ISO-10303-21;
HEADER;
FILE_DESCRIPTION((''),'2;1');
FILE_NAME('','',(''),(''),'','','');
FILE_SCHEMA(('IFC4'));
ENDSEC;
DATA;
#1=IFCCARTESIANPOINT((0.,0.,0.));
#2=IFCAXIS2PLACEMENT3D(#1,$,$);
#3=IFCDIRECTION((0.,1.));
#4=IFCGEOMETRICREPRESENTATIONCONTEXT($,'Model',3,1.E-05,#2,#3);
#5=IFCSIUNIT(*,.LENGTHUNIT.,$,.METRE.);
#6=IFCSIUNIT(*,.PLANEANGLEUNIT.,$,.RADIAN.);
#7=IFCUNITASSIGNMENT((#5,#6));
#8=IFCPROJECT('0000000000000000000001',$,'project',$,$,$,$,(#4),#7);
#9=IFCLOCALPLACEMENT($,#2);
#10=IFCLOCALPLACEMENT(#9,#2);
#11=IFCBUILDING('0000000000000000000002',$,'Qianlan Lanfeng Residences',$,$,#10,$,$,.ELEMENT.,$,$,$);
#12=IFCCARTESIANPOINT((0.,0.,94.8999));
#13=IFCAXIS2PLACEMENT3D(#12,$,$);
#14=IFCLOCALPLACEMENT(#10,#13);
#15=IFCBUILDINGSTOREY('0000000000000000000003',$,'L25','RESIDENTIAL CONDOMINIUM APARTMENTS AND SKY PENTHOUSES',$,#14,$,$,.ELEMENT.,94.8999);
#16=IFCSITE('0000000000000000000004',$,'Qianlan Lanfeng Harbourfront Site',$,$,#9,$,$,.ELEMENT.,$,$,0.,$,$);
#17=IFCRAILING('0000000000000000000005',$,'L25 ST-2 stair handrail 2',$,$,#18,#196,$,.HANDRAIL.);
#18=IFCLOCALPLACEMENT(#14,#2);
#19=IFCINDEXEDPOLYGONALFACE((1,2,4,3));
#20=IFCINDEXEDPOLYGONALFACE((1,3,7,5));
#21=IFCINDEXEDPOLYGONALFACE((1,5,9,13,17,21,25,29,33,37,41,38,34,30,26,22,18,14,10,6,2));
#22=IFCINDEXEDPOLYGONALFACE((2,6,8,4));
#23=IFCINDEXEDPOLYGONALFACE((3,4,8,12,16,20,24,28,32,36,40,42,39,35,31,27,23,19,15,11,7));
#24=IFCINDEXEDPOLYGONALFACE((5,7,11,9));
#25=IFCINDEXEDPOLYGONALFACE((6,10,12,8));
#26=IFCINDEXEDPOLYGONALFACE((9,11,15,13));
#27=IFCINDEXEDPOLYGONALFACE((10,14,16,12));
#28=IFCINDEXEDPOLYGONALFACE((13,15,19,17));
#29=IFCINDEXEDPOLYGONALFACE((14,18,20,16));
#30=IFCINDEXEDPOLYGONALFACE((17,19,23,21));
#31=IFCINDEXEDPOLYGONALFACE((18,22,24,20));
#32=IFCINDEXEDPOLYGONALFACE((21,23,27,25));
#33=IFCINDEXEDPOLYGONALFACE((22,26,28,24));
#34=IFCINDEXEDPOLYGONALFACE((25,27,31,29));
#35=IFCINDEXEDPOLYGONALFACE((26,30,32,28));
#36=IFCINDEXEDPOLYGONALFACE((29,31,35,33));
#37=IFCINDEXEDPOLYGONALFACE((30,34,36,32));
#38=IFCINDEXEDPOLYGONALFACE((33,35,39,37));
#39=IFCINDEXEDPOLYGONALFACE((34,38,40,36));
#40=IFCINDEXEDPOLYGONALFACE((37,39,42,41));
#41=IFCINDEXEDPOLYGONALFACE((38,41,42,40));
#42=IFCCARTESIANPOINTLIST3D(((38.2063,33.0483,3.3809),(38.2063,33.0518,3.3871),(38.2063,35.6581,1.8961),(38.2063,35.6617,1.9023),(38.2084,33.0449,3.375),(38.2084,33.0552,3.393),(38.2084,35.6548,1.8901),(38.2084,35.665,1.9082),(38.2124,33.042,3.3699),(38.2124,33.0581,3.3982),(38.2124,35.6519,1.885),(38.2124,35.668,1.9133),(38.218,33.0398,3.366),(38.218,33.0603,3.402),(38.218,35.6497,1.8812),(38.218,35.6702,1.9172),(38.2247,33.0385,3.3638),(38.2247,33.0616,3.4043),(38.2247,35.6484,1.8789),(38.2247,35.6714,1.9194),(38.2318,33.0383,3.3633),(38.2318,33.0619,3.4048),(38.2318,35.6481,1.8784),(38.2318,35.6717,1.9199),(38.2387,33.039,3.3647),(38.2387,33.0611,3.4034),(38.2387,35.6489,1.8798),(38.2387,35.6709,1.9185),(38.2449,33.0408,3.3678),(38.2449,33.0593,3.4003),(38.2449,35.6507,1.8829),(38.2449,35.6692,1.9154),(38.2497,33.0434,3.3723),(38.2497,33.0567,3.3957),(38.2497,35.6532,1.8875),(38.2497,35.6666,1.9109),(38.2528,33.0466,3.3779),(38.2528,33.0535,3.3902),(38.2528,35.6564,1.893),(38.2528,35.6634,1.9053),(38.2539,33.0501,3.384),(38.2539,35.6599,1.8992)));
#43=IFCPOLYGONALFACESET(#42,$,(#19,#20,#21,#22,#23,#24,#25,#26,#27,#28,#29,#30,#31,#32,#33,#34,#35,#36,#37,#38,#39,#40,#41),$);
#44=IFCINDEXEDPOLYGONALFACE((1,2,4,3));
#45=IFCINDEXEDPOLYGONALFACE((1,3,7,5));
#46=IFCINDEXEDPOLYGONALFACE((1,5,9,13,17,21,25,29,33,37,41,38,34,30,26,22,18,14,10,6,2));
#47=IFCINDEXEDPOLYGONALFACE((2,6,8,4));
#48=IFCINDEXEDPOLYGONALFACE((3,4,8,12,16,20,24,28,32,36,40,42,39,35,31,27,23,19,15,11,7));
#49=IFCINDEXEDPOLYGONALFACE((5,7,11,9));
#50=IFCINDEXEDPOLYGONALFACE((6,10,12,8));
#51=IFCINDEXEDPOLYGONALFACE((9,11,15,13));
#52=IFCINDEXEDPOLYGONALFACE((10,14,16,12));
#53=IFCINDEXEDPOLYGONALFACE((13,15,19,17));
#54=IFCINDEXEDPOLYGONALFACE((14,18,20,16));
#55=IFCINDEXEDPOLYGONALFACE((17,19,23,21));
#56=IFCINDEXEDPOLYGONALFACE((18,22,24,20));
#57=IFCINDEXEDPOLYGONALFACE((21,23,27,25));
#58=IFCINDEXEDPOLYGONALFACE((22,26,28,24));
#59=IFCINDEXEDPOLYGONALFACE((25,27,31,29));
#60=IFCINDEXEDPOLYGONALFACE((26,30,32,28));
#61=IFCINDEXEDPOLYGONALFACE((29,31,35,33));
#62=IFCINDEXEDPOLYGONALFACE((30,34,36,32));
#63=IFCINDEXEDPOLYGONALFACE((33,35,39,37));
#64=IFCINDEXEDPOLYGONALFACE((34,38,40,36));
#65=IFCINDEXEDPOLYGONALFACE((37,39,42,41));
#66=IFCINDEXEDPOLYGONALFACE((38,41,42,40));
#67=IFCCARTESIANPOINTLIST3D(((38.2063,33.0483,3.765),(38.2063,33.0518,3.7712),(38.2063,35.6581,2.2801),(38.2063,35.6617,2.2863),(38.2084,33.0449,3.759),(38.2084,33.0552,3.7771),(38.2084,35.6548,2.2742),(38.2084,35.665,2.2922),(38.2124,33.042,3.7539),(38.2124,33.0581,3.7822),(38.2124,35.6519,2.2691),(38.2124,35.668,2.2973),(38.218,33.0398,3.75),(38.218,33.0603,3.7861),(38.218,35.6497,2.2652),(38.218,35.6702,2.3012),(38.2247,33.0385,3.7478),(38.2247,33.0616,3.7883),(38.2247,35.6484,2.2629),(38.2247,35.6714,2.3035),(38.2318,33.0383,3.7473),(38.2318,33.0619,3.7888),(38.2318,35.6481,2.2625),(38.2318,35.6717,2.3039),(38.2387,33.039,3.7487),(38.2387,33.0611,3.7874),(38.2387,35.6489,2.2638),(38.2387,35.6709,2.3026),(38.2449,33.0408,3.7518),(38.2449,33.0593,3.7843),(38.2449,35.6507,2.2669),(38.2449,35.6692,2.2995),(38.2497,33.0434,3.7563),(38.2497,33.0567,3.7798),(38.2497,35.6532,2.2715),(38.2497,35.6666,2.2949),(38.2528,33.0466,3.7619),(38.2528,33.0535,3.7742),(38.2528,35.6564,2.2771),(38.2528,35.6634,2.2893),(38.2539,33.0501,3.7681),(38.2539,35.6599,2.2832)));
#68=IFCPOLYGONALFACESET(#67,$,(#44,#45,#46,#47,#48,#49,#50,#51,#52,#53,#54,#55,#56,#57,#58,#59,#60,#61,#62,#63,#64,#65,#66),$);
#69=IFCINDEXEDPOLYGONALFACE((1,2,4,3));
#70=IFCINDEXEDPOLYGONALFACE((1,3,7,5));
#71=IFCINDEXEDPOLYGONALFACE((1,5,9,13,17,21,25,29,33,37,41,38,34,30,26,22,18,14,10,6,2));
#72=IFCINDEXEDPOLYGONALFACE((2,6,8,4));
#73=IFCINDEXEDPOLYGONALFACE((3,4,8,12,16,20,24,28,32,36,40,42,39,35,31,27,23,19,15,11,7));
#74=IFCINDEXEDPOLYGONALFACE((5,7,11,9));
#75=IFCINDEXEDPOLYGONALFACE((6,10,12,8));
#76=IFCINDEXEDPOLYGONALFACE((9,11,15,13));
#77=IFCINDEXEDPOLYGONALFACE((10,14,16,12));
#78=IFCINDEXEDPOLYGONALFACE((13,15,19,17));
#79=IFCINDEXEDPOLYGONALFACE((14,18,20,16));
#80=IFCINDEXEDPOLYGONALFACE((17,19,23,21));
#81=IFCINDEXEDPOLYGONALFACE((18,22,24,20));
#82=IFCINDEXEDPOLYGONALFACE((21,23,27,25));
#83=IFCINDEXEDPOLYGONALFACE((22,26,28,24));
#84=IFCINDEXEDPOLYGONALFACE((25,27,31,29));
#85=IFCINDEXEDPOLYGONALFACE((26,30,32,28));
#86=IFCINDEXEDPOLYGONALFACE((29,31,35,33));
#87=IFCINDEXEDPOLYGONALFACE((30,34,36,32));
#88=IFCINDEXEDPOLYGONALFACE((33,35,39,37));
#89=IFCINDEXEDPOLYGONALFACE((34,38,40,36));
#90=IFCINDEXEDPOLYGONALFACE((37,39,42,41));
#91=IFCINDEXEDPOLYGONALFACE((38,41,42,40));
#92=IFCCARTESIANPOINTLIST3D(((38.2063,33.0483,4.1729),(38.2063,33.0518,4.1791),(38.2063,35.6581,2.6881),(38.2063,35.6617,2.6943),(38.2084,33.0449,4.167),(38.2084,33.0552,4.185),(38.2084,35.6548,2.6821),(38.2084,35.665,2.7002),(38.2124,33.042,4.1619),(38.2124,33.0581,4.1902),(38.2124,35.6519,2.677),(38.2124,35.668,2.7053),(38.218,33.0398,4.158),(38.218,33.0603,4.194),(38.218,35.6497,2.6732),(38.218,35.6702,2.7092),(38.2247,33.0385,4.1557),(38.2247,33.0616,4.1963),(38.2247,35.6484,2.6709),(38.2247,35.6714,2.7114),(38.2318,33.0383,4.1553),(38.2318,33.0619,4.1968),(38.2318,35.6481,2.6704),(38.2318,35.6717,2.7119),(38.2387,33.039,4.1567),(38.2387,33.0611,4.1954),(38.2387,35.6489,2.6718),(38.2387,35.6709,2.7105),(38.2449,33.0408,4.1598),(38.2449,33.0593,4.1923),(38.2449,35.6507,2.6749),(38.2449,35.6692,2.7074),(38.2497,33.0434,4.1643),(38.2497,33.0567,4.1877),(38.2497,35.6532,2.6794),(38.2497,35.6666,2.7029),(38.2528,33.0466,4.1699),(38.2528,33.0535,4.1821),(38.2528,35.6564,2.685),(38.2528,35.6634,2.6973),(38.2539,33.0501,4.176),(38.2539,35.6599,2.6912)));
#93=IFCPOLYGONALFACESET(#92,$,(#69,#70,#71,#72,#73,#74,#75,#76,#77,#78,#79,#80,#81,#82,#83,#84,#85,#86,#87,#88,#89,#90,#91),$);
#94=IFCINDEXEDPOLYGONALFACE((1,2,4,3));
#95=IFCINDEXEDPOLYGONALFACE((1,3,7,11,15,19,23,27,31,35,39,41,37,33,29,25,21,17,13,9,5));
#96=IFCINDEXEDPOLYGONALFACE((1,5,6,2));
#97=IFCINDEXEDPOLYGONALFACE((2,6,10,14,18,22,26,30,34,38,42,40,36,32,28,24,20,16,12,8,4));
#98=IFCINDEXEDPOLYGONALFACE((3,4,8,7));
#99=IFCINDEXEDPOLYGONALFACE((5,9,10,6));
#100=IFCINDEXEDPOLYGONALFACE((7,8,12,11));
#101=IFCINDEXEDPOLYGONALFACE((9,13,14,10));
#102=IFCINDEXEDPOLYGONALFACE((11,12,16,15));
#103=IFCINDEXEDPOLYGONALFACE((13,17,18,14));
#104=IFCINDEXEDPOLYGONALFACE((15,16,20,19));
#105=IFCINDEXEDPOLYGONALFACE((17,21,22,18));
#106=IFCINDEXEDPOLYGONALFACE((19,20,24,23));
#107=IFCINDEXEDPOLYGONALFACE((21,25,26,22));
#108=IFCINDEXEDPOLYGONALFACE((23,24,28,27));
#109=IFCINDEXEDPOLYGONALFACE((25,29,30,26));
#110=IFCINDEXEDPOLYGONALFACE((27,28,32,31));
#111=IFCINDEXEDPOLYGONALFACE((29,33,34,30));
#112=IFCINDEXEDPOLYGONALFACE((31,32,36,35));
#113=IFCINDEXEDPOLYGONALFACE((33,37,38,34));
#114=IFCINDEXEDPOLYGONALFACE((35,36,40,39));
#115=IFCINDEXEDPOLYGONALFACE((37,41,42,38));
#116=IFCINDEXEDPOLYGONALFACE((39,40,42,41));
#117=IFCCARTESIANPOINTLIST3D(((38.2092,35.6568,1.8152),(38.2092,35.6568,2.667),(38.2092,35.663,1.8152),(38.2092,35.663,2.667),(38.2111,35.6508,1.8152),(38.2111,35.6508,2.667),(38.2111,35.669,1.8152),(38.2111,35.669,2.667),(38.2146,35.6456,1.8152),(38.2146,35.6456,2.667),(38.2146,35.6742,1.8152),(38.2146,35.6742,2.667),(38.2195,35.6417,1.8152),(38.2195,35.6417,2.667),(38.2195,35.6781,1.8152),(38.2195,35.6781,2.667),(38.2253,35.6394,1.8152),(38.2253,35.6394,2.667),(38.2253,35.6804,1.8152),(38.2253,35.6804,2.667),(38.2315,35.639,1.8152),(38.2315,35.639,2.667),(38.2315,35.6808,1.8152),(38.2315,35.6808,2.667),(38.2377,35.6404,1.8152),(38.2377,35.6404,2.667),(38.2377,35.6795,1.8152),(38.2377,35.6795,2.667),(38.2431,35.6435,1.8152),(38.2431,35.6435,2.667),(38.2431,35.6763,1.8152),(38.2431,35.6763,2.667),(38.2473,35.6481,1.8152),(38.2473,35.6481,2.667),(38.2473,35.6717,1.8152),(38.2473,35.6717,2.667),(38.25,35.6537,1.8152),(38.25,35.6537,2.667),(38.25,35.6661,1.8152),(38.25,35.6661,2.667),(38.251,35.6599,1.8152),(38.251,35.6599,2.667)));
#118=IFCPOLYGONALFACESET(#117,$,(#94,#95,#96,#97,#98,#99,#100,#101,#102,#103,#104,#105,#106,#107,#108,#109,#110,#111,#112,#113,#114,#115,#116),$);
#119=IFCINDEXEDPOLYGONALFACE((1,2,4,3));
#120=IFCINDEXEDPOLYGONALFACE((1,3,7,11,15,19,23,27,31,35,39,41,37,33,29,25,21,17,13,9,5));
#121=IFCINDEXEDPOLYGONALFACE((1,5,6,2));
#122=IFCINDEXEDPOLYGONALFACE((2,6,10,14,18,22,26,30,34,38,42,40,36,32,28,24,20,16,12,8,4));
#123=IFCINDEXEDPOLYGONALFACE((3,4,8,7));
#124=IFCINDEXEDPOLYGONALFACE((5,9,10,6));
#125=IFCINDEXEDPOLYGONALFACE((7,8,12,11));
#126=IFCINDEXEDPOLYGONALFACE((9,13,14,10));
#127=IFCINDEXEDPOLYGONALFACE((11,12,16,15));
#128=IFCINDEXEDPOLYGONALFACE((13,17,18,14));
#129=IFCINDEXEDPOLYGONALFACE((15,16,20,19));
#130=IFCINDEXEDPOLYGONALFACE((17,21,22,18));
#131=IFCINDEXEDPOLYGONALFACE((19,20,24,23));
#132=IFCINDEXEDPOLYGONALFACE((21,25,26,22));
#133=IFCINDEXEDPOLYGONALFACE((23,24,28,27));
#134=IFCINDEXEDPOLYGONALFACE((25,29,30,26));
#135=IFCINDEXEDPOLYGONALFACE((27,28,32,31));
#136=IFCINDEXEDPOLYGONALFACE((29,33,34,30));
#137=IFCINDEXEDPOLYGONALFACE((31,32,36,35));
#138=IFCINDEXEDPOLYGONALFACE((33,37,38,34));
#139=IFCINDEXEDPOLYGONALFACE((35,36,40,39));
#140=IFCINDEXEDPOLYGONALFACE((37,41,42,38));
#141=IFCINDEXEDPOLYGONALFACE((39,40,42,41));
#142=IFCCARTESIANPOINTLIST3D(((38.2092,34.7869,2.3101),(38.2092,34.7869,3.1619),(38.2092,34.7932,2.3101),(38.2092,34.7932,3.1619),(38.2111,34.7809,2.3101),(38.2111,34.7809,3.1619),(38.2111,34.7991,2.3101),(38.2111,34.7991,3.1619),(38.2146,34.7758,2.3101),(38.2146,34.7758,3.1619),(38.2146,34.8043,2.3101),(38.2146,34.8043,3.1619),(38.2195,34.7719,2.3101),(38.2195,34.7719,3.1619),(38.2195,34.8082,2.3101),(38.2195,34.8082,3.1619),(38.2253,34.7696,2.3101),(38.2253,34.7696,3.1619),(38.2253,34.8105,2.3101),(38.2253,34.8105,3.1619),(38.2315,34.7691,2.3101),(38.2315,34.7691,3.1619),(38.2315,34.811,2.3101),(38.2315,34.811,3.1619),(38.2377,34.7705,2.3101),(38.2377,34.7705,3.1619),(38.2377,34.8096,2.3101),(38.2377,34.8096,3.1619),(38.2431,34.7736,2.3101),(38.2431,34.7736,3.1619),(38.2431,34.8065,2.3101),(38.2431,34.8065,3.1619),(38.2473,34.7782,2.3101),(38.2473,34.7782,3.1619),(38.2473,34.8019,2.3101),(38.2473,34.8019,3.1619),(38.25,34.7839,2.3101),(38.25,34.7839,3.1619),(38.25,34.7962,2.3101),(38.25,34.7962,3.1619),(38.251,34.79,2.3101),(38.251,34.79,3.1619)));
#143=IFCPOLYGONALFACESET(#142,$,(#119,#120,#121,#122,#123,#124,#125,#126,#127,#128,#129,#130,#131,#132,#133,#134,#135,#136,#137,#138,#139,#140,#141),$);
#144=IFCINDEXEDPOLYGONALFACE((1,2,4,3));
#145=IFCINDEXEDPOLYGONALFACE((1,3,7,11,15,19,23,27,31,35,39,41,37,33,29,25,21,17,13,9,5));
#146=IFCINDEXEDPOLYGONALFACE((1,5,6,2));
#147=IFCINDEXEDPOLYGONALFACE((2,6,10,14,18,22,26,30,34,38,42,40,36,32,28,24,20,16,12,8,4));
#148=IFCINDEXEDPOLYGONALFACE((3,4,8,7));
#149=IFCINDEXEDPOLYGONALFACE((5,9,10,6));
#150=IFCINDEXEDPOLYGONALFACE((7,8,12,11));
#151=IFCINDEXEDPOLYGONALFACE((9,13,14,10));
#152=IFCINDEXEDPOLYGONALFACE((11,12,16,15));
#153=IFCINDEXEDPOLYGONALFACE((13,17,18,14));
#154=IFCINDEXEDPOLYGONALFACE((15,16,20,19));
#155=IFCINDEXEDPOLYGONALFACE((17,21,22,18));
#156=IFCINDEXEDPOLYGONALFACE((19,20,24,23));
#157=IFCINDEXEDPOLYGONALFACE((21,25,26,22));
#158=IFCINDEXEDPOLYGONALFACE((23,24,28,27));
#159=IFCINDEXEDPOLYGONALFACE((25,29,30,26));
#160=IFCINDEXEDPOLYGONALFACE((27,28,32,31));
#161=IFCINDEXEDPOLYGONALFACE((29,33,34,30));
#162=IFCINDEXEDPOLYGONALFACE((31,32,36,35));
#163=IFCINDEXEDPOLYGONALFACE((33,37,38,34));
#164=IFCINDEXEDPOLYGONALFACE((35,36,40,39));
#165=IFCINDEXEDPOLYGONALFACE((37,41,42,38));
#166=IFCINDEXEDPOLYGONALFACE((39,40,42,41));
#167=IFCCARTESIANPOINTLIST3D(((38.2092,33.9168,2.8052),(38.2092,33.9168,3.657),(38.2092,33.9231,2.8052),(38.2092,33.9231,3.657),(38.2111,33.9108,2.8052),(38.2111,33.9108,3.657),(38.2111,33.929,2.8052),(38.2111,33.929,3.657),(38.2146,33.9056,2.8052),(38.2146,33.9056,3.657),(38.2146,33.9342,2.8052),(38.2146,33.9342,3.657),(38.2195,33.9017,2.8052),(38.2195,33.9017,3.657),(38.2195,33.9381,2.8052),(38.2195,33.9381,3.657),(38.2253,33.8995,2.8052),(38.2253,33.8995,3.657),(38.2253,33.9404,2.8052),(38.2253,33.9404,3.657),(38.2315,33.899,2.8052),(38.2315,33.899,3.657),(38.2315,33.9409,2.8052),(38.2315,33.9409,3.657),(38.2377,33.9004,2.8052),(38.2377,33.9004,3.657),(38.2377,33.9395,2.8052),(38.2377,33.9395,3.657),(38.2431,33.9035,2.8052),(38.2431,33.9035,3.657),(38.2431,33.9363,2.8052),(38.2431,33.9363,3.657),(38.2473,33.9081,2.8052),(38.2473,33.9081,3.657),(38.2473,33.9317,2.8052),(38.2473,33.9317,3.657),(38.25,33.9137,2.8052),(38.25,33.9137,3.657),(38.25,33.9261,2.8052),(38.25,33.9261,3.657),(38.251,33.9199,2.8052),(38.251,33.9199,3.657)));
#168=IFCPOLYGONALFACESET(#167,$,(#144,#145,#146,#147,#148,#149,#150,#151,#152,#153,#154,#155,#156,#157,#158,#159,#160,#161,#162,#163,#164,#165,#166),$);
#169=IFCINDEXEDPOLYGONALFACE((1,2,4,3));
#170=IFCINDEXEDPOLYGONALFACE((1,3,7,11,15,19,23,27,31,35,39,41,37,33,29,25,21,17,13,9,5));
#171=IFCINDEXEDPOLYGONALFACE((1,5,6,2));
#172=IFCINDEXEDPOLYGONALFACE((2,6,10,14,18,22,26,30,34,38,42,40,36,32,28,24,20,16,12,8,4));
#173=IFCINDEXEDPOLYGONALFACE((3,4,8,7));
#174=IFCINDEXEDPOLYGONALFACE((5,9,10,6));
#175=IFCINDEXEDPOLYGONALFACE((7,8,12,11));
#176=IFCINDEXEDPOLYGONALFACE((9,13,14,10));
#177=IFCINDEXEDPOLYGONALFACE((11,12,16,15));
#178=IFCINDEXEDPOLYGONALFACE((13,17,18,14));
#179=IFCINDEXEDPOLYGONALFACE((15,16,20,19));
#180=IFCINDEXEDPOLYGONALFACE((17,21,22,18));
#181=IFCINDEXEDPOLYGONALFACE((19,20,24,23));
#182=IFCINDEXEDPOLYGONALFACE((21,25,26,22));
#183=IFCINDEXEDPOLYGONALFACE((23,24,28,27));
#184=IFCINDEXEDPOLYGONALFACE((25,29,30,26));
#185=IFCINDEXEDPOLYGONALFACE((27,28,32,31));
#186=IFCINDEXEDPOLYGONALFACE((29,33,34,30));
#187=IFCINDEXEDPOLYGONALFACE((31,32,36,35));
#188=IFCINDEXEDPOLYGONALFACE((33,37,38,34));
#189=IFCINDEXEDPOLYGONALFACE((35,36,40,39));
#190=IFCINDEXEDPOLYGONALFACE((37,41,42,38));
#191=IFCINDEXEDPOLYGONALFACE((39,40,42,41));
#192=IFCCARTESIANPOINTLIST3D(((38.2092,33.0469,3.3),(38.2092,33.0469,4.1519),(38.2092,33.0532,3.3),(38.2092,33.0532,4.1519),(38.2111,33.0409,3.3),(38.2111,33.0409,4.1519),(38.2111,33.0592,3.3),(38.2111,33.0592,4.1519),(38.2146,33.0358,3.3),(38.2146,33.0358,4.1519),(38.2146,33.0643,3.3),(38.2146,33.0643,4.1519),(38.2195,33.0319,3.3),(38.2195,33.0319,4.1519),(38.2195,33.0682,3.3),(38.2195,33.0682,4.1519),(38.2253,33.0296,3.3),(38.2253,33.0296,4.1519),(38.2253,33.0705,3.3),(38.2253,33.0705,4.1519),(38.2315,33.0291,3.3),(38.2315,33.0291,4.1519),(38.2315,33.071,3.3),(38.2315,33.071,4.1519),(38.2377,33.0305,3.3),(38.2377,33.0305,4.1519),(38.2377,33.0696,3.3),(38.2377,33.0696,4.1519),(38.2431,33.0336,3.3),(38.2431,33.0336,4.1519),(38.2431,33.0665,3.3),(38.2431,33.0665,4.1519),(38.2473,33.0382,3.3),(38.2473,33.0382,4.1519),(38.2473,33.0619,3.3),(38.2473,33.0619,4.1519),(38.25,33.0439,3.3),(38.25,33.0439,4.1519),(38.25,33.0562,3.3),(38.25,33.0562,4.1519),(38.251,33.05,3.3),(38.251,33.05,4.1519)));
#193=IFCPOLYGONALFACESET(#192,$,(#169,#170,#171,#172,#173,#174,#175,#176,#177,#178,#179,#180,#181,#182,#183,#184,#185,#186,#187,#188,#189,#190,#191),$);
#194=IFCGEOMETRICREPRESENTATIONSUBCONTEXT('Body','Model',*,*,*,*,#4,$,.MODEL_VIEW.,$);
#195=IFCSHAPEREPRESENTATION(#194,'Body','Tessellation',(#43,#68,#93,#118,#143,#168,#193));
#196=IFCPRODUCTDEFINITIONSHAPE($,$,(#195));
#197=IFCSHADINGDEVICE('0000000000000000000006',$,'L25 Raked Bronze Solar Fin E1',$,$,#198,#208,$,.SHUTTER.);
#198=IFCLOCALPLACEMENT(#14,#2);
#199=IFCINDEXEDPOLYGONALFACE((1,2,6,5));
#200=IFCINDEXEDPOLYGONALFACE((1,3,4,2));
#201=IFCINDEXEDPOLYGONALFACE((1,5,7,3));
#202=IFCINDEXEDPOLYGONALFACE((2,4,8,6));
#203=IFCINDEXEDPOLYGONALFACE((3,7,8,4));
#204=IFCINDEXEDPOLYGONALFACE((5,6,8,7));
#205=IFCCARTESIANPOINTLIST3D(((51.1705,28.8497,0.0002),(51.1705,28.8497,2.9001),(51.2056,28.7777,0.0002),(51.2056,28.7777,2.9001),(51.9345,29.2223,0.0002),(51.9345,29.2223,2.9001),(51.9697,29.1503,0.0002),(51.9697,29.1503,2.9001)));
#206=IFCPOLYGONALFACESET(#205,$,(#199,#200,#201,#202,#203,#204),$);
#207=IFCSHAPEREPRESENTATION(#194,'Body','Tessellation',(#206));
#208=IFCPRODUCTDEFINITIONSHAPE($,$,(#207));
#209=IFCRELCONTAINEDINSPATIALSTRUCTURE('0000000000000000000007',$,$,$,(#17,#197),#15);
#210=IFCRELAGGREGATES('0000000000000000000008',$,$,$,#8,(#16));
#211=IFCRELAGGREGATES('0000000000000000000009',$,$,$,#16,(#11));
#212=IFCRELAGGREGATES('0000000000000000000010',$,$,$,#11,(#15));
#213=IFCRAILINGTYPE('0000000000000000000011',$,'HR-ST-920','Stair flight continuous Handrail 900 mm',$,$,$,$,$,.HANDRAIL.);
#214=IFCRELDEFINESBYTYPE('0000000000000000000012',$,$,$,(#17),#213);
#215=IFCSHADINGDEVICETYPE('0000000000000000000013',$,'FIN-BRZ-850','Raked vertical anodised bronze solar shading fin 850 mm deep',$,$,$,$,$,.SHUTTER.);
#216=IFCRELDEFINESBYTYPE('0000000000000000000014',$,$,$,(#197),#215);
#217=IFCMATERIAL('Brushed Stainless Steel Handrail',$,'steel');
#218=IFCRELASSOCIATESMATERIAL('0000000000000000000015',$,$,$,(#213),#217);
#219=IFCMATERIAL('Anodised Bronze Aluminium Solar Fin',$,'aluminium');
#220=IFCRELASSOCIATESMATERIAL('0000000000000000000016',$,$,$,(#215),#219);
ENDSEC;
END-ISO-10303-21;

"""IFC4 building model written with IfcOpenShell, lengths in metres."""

from ifc_helpers import new_model, si_unit, direction, frame, origin, origin_2d, place, context, subcontext, project, spatial, rectangle, circle, extrude, source, transform, mapped, material, type_object, element, save


model = new_model("IFC4")

# Units and contexts
model_context = context("Model", 3, precision=1e-05, world=origin(), true_north=direction((0.0, 1.0)))
body_context = subcontext(model_context, "Body", "Model", "MODEL_VIEW")
ifc_project = project(units=[si_unit("LENGTHUNIT", "METRE"), si_unit("PLANEANGLEUNIT", "RADIAN")], contexts=[model_context])

# Site, building, storey
site_placement = place(None, origin())
site = spatial("IfcSite", under=ifc_project, at=site_placement, Name="Qianlan Lanfeng Harbourfront Site", CompositionType="ELEMENT", RefElevation=0.0)
building_placement = place(site_placement, origin())
building = spatial("IfcBuilding", under=site, at=building_placement, Name="Qianlan Lanfeng Residences", CompositionType="ELEMENT")
storey_placement = place(building_placement, frame((0.0, 0.0, 94.8999)))
storey = spatial("IfcBuildingStorey", under=building, at=storey_placement, Name="L25", Description="RESIDENTIAL CONDOMINIUM APARTMENTS AND SKY PENTHOUSES", CompositionType="ELEMENT", Elevation=94.8999)

# Railing
ifc_material_1 = material(Name="Brushed Stainless Steel Handrail", Category="steel")
railing_type_1 = type_object("IfcRailingType", Name="HR-ST-920", Description="Stair flight continuous Handrail 900 mm", PredefinedType="HANDRAIL", material=ifc_material_1)
railing_1_placement = place(storey_placement, frame((38.23, 35.6599, 1.8152)))
element("IfcRailing", 1, at=railing_1_placement, inside=storey, type_object=railing_type_1, Name="L25 ST-2 stair handrail 2", PredefinedType="HANDRAIL", context=body_context, shape_type="SweptSolid", body=[
    extrude(circle(Radius=0.0239, at=origin_2d()), frame((0.0, 0.0, 0.084), z_axis=(0.0, -0.869172, 0.494509), x_axis=(1.0, 0.0, 0.0)), (0.0, 0.0, 1.0), 3.0027),
    extrude(circle(Radius=0.0239, at=origin_2d()), frame((0.0, 0.0, 0.468), z_axis=(0.0, -0.869172, 0.494509), x_axis=(1.0, 0.0, 0.0)), (0.0, 0.0, 1.0), 3.0027),
    extrude(circle(Radius=0.0239, at=origin_2d()), frame((0.0, 0.0, 0.876), z_axis=(0.0, -0.869172, 0.494509), x_axis=(1.0, 0.0, 0.0)), (0.0, 0.0, 1.0), 3.0027),
    extrude(circle(Radius=0.021, at=origin_2d()), origin(), (0.0, 0.0, 1.0), 0.8518),
    extrude(circle(Radius=0.021, at=origin_2d()), frame((0.0, -0.8699, 0.4949)), (0.0, 0.0, 1.0), 0.8518),
    extrude(circle(Radius=0.021, at=origin_2d()), frame((0.0, -1.74, 0.99)), (0.0, 0.0, 1.0), 0.8518),
    extrude(circle(Radius=0.021, at=origin_2d()), frame((0.0, -2.6099, 1.4849)), (0.0, 0.0, 1.0), 0.8518),
])

# Shading device
ifc_material_2 = material(Name="Anodised Bronze Aluminium Solar Fin", Category="aluminium")
shading_device_type = type_object("IfcShadingDeviceType", Name="FIN-BRZ-850", Description="Raked vertical anodised bronze solar shading fin 850 mm deep", PredefinedType="SHUTTER", material=ifc_material_2)
shared_shape_1 = source(origin(), body_context, "Body", "SweptSolid", [
    extrude(rectangle(XDim=0.8501, YDim=0.0801, at=origin_2d()), origin(), (0.0, 0.0, 1.0), 2.8999),
])
for number, where, z_axis, x_axis, name in (
    (2, (51.5701, 29.0, 0.0002), (0.0, 0.0, 1.0), (0.898794, 0.438371, 0.0), "L25 Raked Bronze Solar Fin E1"),
):
    element("IfcShadingDevice", number, at=place(storey_placement, frame(where, z_axis=z_axis, x_axis=x_axis)), inside=storey, type_object=shading_device_type, Name=name, PredefinedType="SHUTTER", context=body_context, shape_type="MappedRepresentation", body=[
        mapped(shared_shape_1, transform((0.0, 0.0, 0.0), scale=1.0)),
    ])

save(model, "model.ifc")
